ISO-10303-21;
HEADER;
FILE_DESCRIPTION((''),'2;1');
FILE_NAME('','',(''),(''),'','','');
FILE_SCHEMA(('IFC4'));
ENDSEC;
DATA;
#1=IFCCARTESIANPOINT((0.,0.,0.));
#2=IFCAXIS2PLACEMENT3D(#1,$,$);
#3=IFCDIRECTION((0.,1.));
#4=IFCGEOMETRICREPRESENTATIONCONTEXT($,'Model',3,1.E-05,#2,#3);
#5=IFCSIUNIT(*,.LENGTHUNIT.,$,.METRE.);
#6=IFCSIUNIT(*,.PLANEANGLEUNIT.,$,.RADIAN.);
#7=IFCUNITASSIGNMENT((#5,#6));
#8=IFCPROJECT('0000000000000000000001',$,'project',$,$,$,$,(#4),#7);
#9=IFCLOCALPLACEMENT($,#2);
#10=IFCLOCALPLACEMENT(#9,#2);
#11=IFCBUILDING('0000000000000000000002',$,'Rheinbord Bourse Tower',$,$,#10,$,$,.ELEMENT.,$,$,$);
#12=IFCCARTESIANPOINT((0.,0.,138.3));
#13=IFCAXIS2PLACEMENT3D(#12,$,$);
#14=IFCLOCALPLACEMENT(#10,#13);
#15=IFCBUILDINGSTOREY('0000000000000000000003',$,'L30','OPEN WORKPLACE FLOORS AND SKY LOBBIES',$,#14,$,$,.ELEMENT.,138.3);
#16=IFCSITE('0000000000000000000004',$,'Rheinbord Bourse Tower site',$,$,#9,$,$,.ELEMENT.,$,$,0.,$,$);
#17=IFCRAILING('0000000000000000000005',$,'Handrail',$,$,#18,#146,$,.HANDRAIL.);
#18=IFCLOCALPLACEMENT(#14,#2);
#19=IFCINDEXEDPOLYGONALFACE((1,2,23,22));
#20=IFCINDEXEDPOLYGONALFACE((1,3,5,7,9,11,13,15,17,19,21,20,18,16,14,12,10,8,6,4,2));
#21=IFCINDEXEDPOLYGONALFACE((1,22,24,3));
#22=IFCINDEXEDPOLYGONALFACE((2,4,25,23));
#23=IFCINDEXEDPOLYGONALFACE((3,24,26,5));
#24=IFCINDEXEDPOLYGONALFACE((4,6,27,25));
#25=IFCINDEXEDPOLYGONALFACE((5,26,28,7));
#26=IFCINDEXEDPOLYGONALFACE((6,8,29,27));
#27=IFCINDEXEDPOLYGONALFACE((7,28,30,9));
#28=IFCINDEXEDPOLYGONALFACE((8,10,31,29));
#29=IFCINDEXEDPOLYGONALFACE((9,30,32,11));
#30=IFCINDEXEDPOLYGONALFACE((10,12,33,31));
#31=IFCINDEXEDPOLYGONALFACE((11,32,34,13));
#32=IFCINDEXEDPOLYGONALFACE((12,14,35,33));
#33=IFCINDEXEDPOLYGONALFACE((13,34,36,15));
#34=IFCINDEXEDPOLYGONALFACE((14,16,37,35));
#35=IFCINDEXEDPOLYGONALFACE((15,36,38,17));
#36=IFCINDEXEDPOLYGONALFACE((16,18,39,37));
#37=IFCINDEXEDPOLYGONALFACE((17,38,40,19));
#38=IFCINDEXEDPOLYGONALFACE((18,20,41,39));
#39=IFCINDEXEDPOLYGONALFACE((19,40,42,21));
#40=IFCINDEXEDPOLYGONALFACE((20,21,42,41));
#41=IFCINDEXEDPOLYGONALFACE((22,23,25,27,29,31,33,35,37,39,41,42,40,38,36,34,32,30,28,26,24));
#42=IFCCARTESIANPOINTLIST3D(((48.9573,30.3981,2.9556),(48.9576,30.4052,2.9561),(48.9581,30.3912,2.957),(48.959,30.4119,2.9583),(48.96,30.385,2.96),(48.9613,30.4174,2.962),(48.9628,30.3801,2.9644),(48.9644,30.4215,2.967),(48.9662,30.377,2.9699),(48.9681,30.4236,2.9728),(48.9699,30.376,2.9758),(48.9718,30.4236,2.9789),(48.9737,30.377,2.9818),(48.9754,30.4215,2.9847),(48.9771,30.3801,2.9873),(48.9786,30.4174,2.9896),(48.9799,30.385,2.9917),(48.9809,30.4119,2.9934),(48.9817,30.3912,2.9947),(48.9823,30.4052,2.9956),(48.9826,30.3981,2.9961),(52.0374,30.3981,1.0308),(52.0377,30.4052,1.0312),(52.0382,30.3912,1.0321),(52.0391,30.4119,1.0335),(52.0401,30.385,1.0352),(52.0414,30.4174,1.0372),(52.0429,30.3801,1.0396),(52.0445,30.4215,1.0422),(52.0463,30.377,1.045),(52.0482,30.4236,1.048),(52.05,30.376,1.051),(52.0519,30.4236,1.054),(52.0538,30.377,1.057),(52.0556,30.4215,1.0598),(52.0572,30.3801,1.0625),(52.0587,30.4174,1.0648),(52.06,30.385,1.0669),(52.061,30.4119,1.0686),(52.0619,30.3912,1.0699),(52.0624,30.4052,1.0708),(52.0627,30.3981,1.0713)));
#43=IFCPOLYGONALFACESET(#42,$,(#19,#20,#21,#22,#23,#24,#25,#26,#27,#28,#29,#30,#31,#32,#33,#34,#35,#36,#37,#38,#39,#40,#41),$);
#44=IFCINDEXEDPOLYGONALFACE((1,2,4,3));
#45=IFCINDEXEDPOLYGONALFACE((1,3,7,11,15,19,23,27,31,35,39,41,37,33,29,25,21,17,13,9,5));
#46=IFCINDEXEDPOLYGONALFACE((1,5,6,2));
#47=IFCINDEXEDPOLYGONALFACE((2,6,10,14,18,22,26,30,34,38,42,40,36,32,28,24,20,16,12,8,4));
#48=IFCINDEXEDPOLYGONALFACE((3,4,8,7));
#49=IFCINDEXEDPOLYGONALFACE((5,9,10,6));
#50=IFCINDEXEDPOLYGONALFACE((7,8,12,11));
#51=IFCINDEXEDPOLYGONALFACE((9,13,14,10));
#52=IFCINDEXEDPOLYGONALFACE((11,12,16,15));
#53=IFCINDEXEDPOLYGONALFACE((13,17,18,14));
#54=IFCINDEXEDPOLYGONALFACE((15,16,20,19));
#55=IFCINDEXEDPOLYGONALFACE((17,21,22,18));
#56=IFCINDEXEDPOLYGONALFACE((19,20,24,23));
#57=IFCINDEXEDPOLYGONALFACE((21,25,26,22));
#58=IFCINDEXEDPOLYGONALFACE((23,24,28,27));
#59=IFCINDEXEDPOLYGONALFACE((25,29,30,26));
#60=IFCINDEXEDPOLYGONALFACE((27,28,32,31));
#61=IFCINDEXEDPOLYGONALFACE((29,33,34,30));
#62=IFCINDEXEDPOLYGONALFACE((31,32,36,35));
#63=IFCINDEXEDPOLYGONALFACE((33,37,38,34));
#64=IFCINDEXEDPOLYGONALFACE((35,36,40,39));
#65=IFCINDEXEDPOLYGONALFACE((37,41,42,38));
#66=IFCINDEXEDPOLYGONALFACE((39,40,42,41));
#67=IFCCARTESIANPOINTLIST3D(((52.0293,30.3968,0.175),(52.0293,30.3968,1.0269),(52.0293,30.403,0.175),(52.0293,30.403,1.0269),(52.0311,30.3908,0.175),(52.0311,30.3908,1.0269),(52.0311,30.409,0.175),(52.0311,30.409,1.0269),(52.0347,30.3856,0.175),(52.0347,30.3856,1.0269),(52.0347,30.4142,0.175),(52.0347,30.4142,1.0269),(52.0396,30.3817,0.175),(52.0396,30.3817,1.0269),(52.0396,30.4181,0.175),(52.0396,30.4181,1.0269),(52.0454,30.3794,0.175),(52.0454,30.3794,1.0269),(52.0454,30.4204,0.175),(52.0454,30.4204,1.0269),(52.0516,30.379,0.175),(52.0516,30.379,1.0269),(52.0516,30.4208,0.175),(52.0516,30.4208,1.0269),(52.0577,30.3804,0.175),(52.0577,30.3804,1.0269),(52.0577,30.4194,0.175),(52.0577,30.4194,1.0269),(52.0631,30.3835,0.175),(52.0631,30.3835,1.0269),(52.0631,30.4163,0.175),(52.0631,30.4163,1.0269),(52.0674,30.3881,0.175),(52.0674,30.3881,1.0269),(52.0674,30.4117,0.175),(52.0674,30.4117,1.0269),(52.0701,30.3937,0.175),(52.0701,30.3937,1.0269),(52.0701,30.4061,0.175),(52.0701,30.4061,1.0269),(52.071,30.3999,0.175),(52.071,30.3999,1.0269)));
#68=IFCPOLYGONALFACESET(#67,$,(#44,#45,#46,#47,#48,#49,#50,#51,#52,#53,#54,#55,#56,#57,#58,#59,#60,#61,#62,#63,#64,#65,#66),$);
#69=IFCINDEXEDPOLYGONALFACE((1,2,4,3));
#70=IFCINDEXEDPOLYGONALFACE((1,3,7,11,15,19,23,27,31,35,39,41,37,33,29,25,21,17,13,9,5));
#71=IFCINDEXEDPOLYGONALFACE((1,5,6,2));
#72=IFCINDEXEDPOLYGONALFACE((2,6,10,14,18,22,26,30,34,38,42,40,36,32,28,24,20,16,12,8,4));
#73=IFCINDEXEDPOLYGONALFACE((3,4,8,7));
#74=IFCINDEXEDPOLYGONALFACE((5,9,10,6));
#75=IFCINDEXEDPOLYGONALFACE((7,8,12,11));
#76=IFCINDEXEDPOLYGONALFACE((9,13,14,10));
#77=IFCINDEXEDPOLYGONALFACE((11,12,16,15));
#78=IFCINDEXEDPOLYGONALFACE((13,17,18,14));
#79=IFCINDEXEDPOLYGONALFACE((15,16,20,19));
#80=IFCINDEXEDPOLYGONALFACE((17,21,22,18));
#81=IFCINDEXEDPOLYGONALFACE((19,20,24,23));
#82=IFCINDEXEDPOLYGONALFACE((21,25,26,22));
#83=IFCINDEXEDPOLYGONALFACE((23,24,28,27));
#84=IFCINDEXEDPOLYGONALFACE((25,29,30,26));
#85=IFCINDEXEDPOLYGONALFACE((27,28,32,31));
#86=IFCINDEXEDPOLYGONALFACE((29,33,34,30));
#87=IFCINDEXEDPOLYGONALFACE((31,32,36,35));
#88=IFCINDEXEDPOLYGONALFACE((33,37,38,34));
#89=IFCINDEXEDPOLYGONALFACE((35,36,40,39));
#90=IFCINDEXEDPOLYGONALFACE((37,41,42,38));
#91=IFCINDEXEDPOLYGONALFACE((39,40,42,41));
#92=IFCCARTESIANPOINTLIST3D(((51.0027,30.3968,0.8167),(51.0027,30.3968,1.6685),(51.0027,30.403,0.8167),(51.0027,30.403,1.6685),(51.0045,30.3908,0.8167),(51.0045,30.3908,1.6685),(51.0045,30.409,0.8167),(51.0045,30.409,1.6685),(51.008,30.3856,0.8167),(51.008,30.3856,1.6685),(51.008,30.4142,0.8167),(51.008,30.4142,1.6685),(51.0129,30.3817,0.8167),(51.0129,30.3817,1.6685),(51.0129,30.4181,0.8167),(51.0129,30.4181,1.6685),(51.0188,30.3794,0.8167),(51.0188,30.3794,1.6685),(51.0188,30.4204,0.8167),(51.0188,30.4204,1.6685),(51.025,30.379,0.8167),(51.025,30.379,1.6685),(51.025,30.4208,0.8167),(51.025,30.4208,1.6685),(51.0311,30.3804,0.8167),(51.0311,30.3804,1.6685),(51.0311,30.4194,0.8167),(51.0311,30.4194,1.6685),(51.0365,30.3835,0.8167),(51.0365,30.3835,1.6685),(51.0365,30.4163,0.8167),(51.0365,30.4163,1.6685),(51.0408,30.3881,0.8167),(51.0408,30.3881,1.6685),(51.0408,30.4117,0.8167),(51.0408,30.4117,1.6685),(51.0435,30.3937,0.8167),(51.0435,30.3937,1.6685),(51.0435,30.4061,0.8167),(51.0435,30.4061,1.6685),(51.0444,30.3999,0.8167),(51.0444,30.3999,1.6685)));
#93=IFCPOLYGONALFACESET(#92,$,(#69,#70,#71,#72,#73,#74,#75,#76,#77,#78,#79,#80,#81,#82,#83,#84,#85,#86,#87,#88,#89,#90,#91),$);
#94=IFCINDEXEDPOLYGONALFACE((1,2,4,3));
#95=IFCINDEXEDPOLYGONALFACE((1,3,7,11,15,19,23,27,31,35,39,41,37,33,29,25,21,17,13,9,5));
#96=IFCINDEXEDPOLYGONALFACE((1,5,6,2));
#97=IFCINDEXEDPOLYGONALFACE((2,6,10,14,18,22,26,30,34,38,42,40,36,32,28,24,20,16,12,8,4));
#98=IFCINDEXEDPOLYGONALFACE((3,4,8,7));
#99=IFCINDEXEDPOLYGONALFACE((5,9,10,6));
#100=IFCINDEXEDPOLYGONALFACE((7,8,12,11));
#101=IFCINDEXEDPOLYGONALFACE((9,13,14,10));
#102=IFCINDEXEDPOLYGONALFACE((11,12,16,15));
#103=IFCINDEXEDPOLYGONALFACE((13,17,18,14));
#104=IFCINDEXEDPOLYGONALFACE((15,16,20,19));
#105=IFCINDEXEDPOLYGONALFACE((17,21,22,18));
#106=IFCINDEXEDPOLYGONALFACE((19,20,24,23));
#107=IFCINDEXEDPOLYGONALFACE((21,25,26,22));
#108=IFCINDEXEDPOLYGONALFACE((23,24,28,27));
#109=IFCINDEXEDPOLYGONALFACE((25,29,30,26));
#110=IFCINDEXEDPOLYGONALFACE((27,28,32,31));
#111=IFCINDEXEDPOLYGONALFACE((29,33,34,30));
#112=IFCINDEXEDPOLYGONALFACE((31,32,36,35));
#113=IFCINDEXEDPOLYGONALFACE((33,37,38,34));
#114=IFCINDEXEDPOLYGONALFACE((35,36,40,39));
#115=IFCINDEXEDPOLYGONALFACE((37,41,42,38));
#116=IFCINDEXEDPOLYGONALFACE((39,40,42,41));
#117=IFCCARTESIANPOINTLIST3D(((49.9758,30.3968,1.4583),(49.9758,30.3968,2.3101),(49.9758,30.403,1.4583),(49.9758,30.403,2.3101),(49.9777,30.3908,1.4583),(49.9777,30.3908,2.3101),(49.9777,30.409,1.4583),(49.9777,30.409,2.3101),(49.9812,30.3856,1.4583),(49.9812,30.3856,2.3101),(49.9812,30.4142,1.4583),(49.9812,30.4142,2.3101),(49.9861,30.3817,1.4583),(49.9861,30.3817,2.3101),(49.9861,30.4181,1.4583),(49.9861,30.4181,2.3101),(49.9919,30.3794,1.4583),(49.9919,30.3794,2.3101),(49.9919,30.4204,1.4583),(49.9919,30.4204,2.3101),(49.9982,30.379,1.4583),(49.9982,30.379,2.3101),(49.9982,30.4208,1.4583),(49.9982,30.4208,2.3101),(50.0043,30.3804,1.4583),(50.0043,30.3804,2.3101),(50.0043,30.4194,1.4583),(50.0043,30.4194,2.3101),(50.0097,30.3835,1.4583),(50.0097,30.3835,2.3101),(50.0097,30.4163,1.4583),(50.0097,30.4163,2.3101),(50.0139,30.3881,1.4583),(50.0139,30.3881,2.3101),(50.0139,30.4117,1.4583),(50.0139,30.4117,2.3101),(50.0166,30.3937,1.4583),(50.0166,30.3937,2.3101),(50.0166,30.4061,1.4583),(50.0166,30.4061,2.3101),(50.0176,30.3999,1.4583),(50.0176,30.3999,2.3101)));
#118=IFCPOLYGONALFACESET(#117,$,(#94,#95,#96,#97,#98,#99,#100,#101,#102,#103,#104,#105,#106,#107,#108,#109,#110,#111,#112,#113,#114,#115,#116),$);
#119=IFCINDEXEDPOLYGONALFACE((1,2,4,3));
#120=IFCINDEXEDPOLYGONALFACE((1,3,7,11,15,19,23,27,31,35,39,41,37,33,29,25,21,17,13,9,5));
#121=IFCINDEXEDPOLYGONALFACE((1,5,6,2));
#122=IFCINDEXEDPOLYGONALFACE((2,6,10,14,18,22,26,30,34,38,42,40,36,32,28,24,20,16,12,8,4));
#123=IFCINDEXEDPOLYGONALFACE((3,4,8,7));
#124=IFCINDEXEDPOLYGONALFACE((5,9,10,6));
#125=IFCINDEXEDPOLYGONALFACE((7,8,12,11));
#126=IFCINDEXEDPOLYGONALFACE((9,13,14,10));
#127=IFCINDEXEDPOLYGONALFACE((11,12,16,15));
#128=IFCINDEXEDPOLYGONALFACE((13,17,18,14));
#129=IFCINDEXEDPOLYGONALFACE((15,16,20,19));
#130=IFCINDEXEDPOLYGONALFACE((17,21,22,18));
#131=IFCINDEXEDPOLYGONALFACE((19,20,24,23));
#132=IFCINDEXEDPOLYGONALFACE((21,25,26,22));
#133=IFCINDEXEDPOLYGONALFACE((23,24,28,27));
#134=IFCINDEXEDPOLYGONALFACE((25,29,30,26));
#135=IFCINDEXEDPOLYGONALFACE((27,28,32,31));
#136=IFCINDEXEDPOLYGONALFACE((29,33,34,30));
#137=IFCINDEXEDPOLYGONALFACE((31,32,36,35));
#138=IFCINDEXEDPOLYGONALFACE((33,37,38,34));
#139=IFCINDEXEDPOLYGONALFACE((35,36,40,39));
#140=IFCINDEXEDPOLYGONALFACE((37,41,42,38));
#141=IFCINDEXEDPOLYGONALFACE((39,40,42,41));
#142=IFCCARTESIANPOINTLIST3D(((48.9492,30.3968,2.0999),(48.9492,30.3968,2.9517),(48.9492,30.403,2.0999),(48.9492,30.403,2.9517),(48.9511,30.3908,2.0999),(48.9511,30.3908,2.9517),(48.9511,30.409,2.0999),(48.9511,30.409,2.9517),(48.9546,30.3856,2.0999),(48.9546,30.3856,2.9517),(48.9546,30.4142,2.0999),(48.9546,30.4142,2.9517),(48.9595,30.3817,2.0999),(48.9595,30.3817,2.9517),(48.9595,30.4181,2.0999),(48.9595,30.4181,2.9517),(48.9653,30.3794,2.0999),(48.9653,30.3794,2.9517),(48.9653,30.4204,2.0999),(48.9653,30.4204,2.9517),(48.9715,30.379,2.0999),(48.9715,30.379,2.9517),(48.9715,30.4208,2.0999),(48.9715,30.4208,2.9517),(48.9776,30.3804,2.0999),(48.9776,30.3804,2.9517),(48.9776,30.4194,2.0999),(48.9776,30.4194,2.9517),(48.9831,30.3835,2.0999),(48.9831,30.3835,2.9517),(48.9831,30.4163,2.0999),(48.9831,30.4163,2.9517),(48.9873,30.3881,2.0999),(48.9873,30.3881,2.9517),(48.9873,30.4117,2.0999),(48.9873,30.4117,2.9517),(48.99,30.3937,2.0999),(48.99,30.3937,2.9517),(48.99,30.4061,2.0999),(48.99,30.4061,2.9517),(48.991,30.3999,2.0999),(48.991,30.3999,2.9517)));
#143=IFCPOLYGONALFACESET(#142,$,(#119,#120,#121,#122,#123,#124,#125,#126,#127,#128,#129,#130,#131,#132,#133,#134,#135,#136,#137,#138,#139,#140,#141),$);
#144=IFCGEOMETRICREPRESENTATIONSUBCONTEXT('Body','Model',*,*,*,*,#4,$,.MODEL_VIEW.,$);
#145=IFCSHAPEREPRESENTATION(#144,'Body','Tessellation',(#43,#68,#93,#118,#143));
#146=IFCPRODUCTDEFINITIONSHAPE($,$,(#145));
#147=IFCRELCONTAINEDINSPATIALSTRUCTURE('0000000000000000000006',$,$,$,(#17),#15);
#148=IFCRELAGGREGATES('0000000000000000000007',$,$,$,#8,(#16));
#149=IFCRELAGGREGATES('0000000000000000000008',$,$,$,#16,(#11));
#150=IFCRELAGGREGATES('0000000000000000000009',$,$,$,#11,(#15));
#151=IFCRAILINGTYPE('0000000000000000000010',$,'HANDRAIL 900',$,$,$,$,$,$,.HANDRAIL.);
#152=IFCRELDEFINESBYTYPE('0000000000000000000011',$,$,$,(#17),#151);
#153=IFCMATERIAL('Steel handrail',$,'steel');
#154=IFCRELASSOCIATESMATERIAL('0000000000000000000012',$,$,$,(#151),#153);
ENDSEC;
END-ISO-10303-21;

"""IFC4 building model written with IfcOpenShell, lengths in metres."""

from ifc_helpers import new_model, si_unit, direction, frame, origin, origin_2d, place, context, subcontext, project, spatial, circle, extrude, material, type_object, element, save


model = new_model("IFC4")

# Units and contexts
model_context = context("Model", 3, precision=1e-05, world=origin(), true_north=direction((0.0, 1.0)))
body_context = subcontext(model_context, "Body", "Model", "MODEL_VIEW")
ifc_project = project(units=[si_unit("LENGTHUNIT", "METRE"), si_unit("PLANEANGLEUNIT", "RADIAN")], contexts=[model_context])

# Site, building, storey
site_placement = place(None, origin())
site = spatial("IfcSite", under=ifc_project, at=site_placement, Name="Rheinbord Bourse Tower site", CompositionType="ELEMENT", RefElevation=0.0)
building_placement = place(site_placement, origin())
building = spatial("IfcBuilding", under=site, at=building_placement, Name="Rheinbord Bourse Tower", CompositionType="ELEMENT")
storey_placement = place(building_placement, frame((0.0, 0.0, 138.3)))
storey = spatial("IfcBuildingStorey", under=building, at=storey_placement, Name="L30", Description="OPEN WORKPLACE FLOORS AND SKY LOBBIES", CompositionType="ELEMENT", Elevation=138.3)

# Railing
ifc_material_1 = material(Name="Steel handrail", Category="steel")
railing_type = type_object("IfcRailingType", Name="HANDRAIL 900", PredefinedType="HANDRAIL", material=ifc_material_1)
railing_1_placement = place(storey_placement, frame((52.05, 30.3999, 0.175)))
element("IfcRailing", 1, at=railing_1_placement, inside=storey, type_object=railing_type, Name="Handrail", PredefinedType="HANDRAIL", context=body_context, shape_type="SweptSolid", body=[
    extrude(circle(Radius=0.0239, at=origin_2d()), frame((0.0, 0.0, 0.876), z_axis=(-0.848029, 0.0, 0.529951), x_axis=(0.0, -1.0, 0.0)), (0.0, 0.0, 1.0), 3.6321),
    extrude(circle(Radius=0.021, at=origin_2d()), origin(), (0.0, 0.0, 1.0), 0.8518),
    extrude(circle(Radius=0.021, at=origin_2d()), frame((-1.0266, 0.0, 0.6416)), (0.0, 0.0, 1.0), 0.8518),
    extrude(circle(Radius=0.021, at=origin_2d()), frame((-2.0535, 0.0, 1.2832)), (0.0, 0.0, 1.0), 0.8518),
    extrude(circle(Radius=0.021, at=origin_2d()), frame((-3.0801, 0.0, 1.9248)), (0.0, 0.0, 1.0), 0.8518),
])

save(model, "model.ifc")
